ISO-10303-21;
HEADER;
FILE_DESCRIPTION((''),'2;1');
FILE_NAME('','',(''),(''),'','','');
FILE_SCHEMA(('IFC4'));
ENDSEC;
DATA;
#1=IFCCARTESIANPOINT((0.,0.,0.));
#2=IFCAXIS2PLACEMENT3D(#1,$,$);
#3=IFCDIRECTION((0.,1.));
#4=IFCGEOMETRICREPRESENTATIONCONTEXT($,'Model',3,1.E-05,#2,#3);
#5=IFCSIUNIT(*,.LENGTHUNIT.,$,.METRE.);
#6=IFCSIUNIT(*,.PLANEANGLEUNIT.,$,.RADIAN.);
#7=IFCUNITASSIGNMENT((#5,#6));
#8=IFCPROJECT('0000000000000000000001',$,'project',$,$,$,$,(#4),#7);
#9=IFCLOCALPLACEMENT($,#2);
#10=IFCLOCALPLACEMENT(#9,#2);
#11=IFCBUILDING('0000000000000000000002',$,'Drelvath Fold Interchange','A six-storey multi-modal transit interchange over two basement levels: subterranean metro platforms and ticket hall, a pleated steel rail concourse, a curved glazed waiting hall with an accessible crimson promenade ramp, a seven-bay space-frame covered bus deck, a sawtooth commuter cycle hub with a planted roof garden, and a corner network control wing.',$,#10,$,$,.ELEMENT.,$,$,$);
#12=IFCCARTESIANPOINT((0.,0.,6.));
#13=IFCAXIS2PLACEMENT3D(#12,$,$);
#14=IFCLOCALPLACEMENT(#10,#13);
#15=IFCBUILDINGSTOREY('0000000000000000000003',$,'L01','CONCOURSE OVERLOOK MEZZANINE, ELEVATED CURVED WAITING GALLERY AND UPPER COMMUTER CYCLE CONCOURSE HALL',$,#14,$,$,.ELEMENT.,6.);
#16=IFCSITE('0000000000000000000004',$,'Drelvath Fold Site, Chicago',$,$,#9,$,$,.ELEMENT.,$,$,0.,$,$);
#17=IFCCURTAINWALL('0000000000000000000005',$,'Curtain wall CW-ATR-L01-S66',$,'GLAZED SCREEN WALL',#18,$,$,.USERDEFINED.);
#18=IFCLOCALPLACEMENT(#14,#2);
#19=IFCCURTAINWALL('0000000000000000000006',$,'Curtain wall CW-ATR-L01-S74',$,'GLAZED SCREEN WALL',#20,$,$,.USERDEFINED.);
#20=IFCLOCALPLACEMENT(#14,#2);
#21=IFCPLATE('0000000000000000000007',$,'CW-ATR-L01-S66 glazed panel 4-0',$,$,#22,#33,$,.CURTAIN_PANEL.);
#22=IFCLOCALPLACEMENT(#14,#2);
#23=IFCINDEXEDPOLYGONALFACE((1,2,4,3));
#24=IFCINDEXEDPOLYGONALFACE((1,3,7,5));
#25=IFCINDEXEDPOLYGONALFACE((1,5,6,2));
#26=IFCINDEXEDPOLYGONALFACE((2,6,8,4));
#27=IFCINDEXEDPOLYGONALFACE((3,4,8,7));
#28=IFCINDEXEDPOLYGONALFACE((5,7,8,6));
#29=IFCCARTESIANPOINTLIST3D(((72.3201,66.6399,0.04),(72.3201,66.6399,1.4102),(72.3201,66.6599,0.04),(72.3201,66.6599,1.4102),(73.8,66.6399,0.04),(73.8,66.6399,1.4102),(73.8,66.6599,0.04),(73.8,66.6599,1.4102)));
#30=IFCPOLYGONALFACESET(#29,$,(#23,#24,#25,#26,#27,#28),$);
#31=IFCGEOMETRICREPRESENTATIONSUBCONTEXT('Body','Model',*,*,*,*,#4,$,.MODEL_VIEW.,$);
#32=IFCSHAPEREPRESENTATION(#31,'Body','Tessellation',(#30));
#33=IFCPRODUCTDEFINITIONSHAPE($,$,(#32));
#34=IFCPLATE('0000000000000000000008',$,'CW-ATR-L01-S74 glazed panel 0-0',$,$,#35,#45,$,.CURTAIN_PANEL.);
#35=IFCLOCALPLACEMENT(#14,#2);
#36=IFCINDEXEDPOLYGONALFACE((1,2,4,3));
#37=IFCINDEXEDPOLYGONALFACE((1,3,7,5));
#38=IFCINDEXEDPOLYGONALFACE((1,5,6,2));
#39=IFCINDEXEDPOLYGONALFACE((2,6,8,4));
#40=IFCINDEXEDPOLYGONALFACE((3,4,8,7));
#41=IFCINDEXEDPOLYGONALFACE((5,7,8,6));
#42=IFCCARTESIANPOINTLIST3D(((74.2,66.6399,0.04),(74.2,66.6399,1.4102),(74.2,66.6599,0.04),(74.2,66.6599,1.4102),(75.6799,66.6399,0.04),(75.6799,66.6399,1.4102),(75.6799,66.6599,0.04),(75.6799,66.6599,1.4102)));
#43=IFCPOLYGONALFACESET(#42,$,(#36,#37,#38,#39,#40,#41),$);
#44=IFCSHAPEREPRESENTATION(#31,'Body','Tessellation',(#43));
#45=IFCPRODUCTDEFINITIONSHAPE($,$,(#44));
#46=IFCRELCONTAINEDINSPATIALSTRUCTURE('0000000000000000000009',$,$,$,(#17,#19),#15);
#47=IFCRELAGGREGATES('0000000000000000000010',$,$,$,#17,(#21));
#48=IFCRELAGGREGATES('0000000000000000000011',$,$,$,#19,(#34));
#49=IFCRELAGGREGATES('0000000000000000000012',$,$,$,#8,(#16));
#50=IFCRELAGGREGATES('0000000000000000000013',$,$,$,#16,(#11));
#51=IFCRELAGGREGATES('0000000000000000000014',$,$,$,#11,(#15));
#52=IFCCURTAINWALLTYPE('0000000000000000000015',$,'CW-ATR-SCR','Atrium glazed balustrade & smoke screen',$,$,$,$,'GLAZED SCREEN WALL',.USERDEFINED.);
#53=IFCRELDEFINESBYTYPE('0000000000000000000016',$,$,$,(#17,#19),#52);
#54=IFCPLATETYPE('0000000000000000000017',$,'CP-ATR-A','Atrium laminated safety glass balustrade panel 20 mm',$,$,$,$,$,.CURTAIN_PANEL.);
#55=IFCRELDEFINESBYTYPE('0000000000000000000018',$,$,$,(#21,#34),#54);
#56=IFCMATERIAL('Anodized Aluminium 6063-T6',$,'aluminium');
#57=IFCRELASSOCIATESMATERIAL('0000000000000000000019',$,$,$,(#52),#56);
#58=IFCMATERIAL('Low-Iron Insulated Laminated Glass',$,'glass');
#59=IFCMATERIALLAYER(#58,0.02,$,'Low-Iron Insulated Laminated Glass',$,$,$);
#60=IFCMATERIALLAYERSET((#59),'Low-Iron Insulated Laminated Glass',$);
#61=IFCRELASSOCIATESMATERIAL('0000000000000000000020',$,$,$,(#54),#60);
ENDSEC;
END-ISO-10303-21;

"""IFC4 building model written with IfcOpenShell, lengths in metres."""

from ifc_helpers import new_model, si_unit, direction, frame, origin, origin_2d, place, context, subcontext, project, spatial, rectangle, extrude, material, layer, layer_set, type_object, element, aggregate, save


model = new_model("IFC4")

# Units and contexts
model_context = context("Model", 3, precision=1e-05, world=origin(), true_north=direction((0.0, 1.0)))
body_context = subcontext(model_context, "Body", "Model", "MODEL_VIEW")
ifc_project = project(units=[si_unit("LENGTHUNIT", "METRE"), si_unit("PLANEANGLEUNIT", "RADIAN")], contexts=[model_context])

# Site, building, storey
site_placement = place(None, origin())
site = spatial("IfcSite", under=ifc_project, at=site_placement, Name="Drelvath Fold Site, Chicago", CompositionType="ELEMENT", RefElevation=0.0)
building_placement = place(site_placement, origin())
building = spatial("IfcBuilding", under=site, at=building_placement, Name="Drelvath Fold Interchange", Description="A six-storey multi-modal transit interchange over two basement levels: subterranean metro platforms and ticket hall, a pleated steel rail concourse, a curved glazed waiting hall with an accessible crimson promenade ramp, a seven-bay space-frame covered bus deck, a sawtooth commuter cycle hub with a planted roof garden, and a corner network control wing.", CompositionType="ELEMENT")
storey_placement = place(building_placement, frame((0.0, 0.0, 6.0)))
storey = spatial("IfcBuildingStorey", under=building, at=storey_placement, Name="L01", Description="CONCOURSE OVERLOOK MEZZANINE, ELEVATED CURVED WAITING GALLERY AND UPPER COMMUTER CYCLE CONCOURSE HALL", CompositionType="ELEMENT", Elevation=6.0)

# Curtain wall
ifc_material_1 = material(Name="Anodized Aluminium 6063-T6", Category="aluminium")
curtain_wall_type = type_object("IfcCurtainWallType", Name="CW-ATR-SCR", Description="Atrium glazed balustrade & smoke screen", ElementType="GLAZED SCREEN WALL", PredefinedType="USERDEFINED", material=ifc_material_1)
curtain_wall_1_placement = place(storey_placement, origin())
curtain_wall_1 = element("IfcCurtainWall", 1, at=curtain_wall_1_placement, inside=storey, type_object=curtain_wall_type, Name="Curtain wall CW-ATR-L01-S66", ObjectType="GLAZED SCREEN WALL", PredefinedType="USERDEFINED")

# Curtain wall
curtain_wall_2_placement = place(storey_placement, origin())
curtain_wall_2 = element("IfcCurtainWall", 2, at=curtain_wall_2_placement, inside=storey, type_object=curtain_wall_type, Name="Curtain wall CW-ATR-L01-S74", ObjectType="GLAZED SCREEN WALL", PredefinedType="USERDEFINED")

# Plates
ifc_material_2 = material(Name="Low-Iron Insulated Laminated Glass", Category="glass")
ifc_layer = layer(ifc_material_2, 0.02, Name="Low-Iron Insulated Laminated Glass")
ifc_layer_set = layer_set([ifc_layer], Name="Low-Iron Insulated Laminated Glass")
plate_type = type_object("IfcPlateType", Name="CP-ATR-A", Description="Atrium laminated safety glass balustrade panel 20 mm", PredefinedType="CURTAIN_PANEL", material=ifc_layer_set)
plate_1_placement = place(storey_placement, frame((73.0601, 66.6499, 0.04), z_axis=(0.0, 0.0, 1.0), x_axis=(1.0, 0.0, 0.0)))
plate_1 = element("IfcPlate", 3, at=plate_1_placement, type_object=plate_type, Name="CW-ATR-L01-S66 glazed panel 4-0", PredefinedType="CURTAIN_PANEL", context=body_context, shape_type="SweptSolid", body=[
    extrude(rectangle(XDim=1.48, YDim=0.02, at=origin_2d()), origin(), (0.0, 0.0, 1.0), 1.3701),
])
aggregate(curtain_wall_1, [plate_1])
plate_2_placement = place(storey_placement, frame((74.9399, 66.6499, 0.04), z_axis=(0.0, 0.0, 1.0), x_axis=(1.0, 0.0, 0.0)))
plate_2 = element("IfcPlate", 4, at=plate_2_placement, type_object=plate_type, Name="CW-ATR-L01-S74 glazed panel 0-0", PredefinedType="CURTAIN_PANEL", context=body_context, shape_type="SweptSolid", body=[
    extrude(rectangle(XDim=1.48, YDim=0.02, at=origin_2d()), origin(), (0.0, 0.0, 1.0), 1.3701),
])
aggregate(curtain_wall_2, [plate_2])

save(model, "model.ifc")
